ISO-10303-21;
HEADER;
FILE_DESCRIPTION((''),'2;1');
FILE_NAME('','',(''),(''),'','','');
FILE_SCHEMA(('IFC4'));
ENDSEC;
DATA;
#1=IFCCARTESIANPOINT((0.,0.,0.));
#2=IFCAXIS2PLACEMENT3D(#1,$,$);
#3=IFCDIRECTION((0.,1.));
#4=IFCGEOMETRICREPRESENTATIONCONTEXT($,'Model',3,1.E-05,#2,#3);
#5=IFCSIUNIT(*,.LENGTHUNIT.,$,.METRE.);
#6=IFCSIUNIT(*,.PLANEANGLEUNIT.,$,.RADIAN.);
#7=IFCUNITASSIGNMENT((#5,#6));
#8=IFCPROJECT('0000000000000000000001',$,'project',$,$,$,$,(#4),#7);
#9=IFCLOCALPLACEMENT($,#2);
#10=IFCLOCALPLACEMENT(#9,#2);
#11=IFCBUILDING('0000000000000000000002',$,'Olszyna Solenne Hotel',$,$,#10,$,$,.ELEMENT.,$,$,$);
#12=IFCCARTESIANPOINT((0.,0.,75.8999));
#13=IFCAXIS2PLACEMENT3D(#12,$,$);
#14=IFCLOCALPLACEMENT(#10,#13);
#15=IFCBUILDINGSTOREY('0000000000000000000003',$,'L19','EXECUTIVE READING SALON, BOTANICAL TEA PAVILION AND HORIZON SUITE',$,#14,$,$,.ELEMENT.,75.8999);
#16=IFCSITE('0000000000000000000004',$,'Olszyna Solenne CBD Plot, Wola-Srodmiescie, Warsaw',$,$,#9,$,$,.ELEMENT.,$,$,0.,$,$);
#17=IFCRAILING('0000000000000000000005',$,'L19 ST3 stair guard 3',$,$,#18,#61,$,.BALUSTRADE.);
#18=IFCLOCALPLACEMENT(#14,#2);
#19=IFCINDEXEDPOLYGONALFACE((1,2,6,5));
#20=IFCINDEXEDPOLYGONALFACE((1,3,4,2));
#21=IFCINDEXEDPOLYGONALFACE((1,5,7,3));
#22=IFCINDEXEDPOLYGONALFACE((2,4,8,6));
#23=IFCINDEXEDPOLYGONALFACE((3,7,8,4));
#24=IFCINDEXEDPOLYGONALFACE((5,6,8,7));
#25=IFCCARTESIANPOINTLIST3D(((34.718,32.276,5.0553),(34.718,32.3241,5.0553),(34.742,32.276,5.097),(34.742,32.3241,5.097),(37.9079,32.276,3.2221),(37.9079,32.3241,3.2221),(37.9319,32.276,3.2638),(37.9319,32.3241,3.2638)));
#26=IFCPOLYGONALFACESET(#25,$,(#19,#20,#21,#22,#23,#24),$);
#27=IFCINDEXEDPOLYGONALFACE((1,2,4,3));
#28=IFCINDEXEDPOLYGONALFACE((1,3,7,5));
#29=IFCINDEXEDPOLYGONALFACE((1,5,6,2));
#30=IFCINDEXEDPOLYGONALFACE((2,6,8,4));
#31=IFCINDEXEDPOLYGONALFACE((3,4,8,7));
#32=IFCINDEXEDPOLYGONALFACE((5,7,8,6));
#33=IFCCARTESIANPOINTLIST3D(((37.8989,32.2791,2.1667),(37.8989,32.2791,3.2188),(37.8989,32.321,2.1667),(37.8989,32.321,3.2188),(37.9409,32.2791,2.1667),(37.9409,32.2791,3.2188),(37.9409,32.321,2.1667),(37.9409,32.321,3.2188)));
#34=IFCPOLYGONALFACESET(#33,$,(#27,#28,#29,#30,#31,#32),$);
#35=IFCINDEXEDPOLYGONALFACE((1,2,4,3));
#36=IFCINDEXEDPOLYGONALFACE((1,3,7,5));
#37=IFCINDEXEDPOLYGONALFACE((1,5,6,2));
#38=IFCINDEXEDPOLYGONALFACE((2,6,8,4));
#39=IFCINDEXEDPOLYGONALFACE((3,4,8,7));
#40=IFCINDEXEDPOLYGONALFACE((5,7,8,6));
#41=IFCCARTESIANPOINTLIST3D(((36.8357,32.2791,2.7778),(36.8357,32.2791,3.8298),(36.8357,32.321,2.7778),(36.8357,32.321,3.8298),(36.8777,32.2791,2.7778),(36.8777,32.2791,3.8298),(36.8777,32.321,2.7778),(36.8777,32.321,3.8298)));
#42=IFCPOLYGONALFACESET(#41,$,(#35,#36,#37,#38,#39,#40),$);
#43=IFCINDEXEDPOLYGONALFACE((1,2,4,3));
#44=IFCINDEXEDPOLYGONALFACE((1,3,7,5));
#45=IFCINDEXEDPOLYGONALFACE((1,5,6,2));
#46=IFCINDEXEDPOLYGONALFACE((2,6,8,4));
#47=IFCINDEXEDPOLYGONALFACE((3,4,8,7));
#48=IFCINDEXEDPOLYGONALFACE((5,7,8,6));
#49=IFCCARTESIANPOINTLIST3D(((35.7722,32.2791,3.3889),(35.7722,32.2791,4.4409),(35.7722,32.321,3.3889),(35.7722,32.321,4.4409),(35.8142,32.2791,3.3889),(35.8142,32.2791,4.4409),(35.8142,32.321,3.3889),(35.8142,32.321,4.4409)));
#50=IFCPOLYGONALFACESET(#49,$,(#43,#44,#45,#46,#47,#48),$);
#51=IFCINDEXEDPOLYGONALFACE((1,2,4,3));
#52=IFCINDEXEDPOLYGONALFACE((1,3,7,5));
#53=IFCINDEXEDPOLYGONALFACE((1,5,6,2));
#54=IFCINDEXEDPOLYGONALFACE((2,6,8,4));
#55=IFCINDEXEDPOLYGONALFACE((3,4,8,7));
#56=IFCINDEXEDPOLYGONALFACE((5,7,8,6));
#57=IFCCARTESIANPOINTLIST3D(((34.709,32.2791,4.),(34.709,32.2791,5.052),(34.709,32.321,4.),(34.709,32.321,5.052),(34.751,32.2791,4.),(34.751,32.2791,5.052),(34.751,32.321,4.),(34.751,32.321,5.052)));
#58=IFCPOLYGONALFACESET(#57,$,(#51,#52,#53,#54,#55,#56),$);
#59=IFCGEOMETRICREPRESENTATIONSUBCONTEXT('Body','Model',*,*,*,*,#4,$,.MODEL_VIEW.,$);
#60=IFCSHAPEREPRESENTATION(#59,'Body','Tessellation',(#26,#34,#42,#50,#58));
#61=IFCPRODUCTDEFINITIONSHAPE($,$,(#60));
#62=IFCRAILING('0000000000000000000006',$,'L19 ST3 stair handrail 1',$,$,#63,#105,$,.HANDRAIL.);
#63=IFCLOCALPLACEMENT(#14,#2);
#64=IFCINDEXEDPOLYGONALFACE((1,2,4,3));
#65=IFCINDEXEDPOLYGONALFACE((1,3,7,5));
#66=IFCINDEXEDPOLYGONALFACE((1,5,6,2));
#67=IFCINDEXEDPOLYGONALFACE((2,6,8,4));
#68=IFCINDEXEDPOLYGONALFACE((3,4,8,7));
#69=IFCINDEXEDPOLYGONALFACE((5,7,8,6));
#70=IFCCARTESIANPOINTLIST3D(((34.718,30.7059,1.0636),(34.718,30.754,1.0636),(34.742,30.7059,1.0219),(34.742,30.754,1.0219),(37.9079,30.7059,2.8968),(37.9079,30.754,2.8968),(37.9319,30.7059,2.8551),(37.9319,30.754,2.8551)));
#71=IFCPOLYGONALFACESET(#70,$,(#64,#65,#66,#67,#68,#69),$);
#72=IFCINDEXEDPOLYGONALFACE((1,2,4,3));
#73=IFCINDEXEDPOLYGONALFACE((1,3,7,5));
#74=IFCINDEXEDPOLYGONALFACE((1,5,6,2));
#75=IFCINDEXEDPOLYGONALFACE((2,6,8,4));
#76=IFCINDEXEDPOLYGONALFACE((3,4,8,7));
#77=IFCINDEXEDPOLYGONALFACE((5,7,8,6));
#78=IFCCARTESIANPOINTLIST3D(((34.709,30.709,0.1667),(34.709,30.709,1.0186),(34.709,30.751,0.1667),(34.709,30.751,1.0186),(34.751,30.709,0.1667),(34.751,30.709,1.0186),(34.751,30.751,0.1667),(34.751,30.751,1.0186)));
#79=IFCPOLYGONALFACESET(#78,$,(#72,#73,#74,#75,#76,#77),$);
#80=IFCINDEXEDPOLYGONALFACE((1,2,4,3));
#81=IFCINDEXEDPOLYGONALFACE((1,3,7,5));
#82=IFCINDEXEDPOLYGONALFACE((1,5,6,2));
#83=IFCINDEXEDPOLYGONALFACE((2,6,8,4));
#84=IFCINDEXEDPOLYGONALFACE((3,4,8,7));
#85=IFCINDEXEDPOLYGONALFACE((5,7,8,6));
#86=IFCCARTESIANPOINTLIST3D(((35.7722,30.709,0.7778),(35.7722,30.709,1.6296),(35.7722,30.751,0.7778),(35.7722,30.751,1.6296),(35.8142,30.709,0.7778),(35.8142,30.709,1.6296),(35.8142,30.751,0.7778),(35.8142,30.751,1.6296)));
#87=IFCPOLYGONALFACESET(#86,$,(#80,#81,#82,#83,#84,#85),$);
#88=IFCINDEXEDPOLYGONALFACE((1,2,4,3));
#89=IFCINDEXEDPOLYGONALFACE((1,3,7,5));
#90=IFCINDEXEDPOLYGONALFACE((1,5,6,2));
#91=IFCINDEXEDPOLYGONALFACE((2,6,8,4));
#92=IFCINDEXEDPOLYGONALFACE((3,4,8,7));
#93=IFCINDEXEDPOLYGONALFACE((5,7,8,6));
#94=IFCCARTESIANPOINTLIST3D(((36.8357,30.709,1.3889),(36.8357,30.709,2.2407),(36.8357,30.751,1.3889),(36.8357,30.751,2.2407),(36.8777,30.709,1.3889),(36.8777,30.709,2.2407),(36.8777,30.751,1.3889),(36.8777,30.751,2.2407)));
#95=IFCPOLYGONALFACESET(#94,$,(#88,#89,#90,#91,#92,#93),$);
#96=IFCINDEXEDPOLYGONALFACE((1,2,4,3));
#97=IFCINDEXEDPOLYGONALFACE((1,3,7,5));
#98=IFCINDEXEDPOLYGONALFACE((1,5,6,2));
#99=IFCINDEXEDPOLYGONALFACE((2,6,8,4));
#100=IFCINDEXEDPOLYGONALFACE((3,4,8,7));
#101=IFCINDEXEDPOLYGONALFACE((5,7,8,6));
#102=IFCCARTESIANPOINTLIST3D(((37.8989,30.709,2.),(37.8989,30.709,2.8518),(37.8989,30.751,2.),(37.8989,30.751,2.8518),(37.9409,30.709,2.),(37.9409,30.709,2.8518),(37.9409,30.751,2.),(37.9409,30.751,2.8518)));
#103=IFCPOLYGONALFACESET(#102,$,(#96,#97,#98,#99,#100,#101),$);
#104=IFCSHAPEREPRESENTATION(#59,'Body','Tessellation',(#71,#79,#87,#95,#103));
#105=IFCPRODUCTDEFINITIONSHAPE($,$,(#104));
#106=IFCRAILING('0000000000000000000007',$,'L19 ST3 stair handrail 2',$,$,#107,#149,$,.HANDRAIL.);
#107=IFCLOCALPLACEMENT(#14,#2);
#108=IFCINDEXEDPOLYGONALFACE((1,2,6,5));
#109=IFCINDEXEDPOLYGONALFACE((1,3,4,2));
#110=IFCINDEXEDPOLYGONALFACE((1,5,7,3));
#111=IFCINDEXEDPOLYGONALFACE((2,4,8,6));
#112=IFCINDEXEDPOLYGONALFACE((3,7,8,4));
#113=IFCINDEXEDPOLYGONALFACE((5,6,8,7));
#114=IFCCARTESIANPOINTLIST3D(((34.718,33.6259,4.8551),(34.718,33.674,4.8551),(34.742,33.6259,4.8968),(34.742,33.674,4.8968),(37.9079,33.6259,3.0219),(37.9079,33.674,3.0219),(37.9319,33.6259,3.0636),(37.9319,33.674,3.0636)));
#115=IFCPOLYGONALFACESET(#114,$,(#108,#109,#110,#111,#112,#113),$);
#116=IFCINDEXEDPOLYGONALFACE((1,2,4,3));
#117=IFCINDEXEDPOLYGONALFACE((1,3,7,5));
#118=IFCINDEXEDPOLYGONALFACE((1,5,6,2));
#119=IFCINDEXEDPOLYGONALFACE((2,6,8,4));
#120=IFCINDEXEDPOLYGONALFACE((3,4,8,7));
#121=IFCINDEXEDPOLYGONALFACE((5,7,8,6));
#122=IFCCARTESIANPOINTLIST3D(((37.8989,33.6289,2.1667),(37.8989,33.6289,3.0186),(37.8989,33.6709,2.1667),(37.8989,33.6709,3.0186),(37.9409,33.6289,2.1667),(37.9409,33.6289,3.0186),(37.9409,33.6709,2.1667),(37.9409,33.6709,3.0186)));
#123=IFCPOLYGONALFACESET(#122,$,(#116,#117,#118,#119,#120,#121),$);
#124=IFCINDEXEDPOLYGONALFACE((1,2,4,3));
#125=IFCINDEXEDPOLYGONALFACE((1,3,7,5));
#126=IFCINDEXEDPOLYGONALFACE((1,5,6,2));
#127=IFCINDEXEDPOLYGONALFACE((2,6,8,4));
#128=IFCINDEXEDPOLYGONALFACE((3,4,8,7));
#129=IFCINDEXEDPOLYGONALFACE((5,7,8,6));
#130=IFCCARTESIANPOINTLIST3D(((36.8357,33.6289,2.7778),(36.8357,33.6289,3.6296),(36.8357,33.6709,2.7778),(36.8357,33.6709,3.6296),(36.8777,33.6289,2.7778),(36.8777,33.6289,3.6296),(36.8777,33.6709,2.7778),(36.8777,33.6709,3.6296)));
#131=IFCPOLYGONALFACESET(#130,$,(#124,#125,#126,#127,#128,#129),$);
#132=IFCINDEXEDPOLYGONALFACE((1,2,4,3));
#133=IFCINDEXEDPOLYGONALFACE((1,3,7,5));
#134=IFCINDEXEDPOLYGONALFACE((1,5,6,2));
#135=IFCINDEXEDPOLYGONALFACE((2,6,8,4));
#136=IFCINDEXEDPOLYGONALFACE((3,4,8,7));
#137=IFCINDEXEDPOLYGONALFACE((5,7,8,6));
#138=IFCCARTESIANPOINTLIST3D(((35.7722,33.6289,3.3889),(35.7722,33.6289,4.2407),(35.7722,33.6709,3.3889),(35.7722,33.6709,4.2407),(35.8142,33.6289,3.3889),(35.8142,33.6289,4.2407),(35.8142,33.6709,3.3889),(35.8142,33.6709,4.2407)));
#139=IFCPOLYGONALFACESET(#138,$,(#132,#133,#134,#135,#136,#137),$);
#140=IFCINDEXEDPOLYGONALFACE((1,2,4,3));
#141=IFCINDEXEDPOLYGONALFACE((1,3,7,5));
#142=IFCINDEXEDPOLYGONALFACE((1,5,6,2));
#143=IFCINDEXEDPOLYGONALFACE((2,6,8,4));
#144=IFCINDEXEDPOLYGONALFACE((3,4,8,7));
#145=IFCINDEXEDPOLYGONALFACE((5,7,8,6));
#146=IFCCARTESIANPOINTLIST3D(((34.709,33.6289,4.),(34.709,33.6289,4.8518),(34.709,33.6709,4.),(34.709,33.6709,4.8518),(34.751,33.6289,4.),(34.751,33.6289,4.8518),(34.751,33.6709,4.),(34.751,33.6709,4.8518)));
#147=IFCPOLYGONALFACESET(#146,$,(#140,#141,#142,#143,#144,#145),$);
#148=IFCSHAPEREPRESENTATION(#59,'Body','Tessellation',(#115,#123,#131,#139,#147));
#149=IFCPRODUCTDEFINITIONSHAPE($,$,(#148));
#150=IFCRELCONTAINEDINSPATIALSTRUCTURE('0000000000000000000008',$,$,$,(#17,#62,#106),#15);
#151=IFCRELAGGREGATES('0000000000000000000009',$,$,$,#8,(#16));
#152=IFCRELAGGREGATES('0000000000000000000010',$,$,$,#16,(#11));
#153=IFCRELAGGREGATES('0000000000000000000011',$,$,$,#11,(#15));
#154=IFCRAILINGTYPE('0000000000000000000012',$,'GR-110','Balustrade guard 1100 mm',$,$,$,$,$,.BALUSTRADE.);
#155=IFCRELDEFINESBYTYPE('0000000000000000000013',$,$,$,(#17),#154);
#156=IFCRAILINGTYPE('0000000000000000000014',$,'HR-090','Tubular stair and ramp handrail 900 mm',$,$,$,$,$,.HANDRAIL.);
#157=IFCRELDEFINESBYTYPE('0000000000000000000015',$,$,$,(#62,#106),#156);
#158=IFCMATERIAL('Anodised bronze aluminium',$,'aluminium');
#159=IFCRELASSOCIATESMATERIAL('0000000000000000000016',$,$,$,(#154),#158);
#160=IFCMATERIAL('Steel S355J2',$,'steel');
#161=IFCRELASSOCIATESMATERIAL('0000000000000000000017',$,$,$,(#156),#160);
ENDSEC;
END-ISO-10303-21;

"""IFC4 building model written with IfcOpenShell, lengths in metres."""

from ifc_helpers import new_model, si_unit, direction, frame, origin, origin_2d, place, context, subcontext, project, spatial, rectangle, extrude, material, type_object, element, save


model = new_model("IFC4")

# Units and contexts
model_context = context("Model", 3, precision=1e-05, world=origin(), true_north=direction((0.0, 1.0)))
body_context = subcontext(model_context, "Body", "Model", "MODEL_VIEW")
ifc_project = project(units=[si_unit("LENGTHUNIT", "METRE"), si_unit("PLANEANGLEUNIT", "RADIAN")], contexts=[model_context])

# Site, building, storey
site_placement = place(None, origin())
site = spatial("IfcSite", under=ifc_project, at=site_placement, Name="Olszyna Solenne CBD Plot, Wola-Srodmiescie, Warsaw", CompositionType="ELEMENT", RefElevation=0.0)
building_placement = place(site_placement, origin())
building = spatial("IfcBuilding", under=site, at=building_placement, Name="Olszyna Solenne Hotel", CompositionType="ELEMENT")
storey_placement = place(building_placement, frame((0.0, 0.0, 75.8999)))
storey = spatial("IfcBuildingStorey", under=building, at=storey_placement, Name="L19", Description="EXECUTIVE READING SALON, BOTANICAL TEA PAVILION AND HORIZON SUITE", CompositionType="ELEMENT", Elevation=75.8999)

# Shared definitions
ifc_material_1 = material(Name="Steel S355J2", Category="steel")

# Railings
ifc_material_2 = material(Name="Anodised bronze aluminium", Category="aluminium")
railing_type_1 = type_object("IfcRailingType", Name="GR-110", Description="Balustrade guard 1100 mm", PredefinedType="BALUSTRADE", material=ifc_material_2)
railing_1_placement = place(storey_placement, frame((37.9199, 32.3, 2.1667)))
element("IfcRailing", 1, at=railing_1_placement, inside=storey, type_object=railing_type_1, Name="L19 ST3 stair guard 3", PredefinedType="BALUSTRADE", context=body_context, shape_type="SweptSolid", body=[
    extrude(rectangle(XDim=0.0481, YDim=0.0481, at=origin_2d()), frame((0.0, 0.0, 1.0762), z_axis=(-0.86702, 0.0, 0.498274), x_axis=(0.0, -1.0, 0.0)), (0.0, 0.0, 1.0), 3.6792),
    extrude(rectangle(XDim=0.042, YDim=0.042, at=origin_2d()), origin(), (0.0, 0.0, 1.0), 1.052),
    extrude(rectangle(XDim=0.042, YDim=0.042, at=origin_2d()), frame((-1.0632, 0.0, 0.6111)), (0.0, 0.0, 1.0), 1.052),
    extrude(rectangle(XDim=0.042, YDim=0.042, at=origin_2d()), frame((-2.1267, 0.0, 1.2222)), (0.0, 0.0, 1.0), 1.052),
    extrude(rectangle(XDim=0.042, YDim=0.042, at=origin_2d()), frame((-3.1899, 0.0, 1.8333)), (0.0, 0.0, 1.0), 1.052),
])
railing_type_2 = type_object("IfcRailingType", Name="HR-090", Description="Tubular stair and ramp handrail 900 mm", PredefinedType="HANDRAIL", material=ifc_material_1)
railing_2_placement = place(storey_placement, frame((34.73, 30.73, 0.1667)))
element("IfcRailing", 2, at=railing_2_placement, inside=storey, type_object=railing_type_2, Name="L19 ST3 stair handrail 1", PredefinedType="HANDRAIL", context=body_context, shape_type="SweptSolid", body=[
    extrude(rectangle(XDim=0.0481, YDim=0.0481, at=origin_2d()), frame((0.0, 0.0, 0.876), z_axis=(0.86702, 0.0, 0.498274), x_axis=(0.0, 1.0, 0.0)), (0.0, 0.0, 1.0), 3.6792),
    extrude(rectangle(XDim=0.042, YDim=0.042, at=origin_2d()), origin(), (0.0, 0.0, 1.0), 0.8518),
    extrude(rectangle(XDim=0.042, YDim=0.042, at=origin_2d()), frame((1.0632, 0.0, 0.6111)), (0.0, 0.0, 1.0), 0.8518),
    extrude(rectangle(XDim=0.042, YDim=0.042, at=origin_2d()), frame((2.1267, 0.0, 1.2222)), (0.0, 0.0, 1.0), 0.8518),
    extrude(rectangle(XDim=0.042, YDim=0.042, at=origin_2d()), frame((3.1899, 0.0, 1.8333)), (0.0, 0.0, 1.0), 0.8518),
])
railing_3_placement = place(storey_placement, frame((37.9199, 33.6499, 2.1667)))
element("IfcRailing", 3, at=railing_3_placement, inside=storey, type_object=railing_type_2, Name="L19 ST3 stair handrail 2", PredefinedType="HANDRAIL", context=body_context, shape_type="SweptSolid", body=[
    extrude(rectangle(XDim=0.0481, YDim=0.0481, at=origin_2d()), frame((0.0, 0.0, 0.876), z_axis=(-0.86702, 0.0, 0.498274), x_axis=(0.0, -1.0, 0.0)), (0.0, 0.0, 1.0), 3.6792),
    extrude(rectangle(XDim=0.042, YDim=0.042, at=origin_2d()), origin(), (0.0, 0.0, 1.0), 0.8518),
    extrude(rectangle(XDim=0.042, YDim=0.042, at=origin_2d()), frame((-1.0632, 0.0, 0.6111)), (0.0, 0.0, 1.0), 0.8518),
    extrude(rectangle(XDim=0.042, YDim=0.042, at=origin_2d()), frame((-2.1267, 0.0, 1.2222)), (0.0, 0.0, 1.0), 0.8518),
    extrude(rectangle(XDim=0.042, YDim=0.042, at=origin_2d()), frame((-3.1899, 0.0, 1.8333)), (0.0, 0.0, 1.0), 0.8518),
])

save(model, "model.ifc")
